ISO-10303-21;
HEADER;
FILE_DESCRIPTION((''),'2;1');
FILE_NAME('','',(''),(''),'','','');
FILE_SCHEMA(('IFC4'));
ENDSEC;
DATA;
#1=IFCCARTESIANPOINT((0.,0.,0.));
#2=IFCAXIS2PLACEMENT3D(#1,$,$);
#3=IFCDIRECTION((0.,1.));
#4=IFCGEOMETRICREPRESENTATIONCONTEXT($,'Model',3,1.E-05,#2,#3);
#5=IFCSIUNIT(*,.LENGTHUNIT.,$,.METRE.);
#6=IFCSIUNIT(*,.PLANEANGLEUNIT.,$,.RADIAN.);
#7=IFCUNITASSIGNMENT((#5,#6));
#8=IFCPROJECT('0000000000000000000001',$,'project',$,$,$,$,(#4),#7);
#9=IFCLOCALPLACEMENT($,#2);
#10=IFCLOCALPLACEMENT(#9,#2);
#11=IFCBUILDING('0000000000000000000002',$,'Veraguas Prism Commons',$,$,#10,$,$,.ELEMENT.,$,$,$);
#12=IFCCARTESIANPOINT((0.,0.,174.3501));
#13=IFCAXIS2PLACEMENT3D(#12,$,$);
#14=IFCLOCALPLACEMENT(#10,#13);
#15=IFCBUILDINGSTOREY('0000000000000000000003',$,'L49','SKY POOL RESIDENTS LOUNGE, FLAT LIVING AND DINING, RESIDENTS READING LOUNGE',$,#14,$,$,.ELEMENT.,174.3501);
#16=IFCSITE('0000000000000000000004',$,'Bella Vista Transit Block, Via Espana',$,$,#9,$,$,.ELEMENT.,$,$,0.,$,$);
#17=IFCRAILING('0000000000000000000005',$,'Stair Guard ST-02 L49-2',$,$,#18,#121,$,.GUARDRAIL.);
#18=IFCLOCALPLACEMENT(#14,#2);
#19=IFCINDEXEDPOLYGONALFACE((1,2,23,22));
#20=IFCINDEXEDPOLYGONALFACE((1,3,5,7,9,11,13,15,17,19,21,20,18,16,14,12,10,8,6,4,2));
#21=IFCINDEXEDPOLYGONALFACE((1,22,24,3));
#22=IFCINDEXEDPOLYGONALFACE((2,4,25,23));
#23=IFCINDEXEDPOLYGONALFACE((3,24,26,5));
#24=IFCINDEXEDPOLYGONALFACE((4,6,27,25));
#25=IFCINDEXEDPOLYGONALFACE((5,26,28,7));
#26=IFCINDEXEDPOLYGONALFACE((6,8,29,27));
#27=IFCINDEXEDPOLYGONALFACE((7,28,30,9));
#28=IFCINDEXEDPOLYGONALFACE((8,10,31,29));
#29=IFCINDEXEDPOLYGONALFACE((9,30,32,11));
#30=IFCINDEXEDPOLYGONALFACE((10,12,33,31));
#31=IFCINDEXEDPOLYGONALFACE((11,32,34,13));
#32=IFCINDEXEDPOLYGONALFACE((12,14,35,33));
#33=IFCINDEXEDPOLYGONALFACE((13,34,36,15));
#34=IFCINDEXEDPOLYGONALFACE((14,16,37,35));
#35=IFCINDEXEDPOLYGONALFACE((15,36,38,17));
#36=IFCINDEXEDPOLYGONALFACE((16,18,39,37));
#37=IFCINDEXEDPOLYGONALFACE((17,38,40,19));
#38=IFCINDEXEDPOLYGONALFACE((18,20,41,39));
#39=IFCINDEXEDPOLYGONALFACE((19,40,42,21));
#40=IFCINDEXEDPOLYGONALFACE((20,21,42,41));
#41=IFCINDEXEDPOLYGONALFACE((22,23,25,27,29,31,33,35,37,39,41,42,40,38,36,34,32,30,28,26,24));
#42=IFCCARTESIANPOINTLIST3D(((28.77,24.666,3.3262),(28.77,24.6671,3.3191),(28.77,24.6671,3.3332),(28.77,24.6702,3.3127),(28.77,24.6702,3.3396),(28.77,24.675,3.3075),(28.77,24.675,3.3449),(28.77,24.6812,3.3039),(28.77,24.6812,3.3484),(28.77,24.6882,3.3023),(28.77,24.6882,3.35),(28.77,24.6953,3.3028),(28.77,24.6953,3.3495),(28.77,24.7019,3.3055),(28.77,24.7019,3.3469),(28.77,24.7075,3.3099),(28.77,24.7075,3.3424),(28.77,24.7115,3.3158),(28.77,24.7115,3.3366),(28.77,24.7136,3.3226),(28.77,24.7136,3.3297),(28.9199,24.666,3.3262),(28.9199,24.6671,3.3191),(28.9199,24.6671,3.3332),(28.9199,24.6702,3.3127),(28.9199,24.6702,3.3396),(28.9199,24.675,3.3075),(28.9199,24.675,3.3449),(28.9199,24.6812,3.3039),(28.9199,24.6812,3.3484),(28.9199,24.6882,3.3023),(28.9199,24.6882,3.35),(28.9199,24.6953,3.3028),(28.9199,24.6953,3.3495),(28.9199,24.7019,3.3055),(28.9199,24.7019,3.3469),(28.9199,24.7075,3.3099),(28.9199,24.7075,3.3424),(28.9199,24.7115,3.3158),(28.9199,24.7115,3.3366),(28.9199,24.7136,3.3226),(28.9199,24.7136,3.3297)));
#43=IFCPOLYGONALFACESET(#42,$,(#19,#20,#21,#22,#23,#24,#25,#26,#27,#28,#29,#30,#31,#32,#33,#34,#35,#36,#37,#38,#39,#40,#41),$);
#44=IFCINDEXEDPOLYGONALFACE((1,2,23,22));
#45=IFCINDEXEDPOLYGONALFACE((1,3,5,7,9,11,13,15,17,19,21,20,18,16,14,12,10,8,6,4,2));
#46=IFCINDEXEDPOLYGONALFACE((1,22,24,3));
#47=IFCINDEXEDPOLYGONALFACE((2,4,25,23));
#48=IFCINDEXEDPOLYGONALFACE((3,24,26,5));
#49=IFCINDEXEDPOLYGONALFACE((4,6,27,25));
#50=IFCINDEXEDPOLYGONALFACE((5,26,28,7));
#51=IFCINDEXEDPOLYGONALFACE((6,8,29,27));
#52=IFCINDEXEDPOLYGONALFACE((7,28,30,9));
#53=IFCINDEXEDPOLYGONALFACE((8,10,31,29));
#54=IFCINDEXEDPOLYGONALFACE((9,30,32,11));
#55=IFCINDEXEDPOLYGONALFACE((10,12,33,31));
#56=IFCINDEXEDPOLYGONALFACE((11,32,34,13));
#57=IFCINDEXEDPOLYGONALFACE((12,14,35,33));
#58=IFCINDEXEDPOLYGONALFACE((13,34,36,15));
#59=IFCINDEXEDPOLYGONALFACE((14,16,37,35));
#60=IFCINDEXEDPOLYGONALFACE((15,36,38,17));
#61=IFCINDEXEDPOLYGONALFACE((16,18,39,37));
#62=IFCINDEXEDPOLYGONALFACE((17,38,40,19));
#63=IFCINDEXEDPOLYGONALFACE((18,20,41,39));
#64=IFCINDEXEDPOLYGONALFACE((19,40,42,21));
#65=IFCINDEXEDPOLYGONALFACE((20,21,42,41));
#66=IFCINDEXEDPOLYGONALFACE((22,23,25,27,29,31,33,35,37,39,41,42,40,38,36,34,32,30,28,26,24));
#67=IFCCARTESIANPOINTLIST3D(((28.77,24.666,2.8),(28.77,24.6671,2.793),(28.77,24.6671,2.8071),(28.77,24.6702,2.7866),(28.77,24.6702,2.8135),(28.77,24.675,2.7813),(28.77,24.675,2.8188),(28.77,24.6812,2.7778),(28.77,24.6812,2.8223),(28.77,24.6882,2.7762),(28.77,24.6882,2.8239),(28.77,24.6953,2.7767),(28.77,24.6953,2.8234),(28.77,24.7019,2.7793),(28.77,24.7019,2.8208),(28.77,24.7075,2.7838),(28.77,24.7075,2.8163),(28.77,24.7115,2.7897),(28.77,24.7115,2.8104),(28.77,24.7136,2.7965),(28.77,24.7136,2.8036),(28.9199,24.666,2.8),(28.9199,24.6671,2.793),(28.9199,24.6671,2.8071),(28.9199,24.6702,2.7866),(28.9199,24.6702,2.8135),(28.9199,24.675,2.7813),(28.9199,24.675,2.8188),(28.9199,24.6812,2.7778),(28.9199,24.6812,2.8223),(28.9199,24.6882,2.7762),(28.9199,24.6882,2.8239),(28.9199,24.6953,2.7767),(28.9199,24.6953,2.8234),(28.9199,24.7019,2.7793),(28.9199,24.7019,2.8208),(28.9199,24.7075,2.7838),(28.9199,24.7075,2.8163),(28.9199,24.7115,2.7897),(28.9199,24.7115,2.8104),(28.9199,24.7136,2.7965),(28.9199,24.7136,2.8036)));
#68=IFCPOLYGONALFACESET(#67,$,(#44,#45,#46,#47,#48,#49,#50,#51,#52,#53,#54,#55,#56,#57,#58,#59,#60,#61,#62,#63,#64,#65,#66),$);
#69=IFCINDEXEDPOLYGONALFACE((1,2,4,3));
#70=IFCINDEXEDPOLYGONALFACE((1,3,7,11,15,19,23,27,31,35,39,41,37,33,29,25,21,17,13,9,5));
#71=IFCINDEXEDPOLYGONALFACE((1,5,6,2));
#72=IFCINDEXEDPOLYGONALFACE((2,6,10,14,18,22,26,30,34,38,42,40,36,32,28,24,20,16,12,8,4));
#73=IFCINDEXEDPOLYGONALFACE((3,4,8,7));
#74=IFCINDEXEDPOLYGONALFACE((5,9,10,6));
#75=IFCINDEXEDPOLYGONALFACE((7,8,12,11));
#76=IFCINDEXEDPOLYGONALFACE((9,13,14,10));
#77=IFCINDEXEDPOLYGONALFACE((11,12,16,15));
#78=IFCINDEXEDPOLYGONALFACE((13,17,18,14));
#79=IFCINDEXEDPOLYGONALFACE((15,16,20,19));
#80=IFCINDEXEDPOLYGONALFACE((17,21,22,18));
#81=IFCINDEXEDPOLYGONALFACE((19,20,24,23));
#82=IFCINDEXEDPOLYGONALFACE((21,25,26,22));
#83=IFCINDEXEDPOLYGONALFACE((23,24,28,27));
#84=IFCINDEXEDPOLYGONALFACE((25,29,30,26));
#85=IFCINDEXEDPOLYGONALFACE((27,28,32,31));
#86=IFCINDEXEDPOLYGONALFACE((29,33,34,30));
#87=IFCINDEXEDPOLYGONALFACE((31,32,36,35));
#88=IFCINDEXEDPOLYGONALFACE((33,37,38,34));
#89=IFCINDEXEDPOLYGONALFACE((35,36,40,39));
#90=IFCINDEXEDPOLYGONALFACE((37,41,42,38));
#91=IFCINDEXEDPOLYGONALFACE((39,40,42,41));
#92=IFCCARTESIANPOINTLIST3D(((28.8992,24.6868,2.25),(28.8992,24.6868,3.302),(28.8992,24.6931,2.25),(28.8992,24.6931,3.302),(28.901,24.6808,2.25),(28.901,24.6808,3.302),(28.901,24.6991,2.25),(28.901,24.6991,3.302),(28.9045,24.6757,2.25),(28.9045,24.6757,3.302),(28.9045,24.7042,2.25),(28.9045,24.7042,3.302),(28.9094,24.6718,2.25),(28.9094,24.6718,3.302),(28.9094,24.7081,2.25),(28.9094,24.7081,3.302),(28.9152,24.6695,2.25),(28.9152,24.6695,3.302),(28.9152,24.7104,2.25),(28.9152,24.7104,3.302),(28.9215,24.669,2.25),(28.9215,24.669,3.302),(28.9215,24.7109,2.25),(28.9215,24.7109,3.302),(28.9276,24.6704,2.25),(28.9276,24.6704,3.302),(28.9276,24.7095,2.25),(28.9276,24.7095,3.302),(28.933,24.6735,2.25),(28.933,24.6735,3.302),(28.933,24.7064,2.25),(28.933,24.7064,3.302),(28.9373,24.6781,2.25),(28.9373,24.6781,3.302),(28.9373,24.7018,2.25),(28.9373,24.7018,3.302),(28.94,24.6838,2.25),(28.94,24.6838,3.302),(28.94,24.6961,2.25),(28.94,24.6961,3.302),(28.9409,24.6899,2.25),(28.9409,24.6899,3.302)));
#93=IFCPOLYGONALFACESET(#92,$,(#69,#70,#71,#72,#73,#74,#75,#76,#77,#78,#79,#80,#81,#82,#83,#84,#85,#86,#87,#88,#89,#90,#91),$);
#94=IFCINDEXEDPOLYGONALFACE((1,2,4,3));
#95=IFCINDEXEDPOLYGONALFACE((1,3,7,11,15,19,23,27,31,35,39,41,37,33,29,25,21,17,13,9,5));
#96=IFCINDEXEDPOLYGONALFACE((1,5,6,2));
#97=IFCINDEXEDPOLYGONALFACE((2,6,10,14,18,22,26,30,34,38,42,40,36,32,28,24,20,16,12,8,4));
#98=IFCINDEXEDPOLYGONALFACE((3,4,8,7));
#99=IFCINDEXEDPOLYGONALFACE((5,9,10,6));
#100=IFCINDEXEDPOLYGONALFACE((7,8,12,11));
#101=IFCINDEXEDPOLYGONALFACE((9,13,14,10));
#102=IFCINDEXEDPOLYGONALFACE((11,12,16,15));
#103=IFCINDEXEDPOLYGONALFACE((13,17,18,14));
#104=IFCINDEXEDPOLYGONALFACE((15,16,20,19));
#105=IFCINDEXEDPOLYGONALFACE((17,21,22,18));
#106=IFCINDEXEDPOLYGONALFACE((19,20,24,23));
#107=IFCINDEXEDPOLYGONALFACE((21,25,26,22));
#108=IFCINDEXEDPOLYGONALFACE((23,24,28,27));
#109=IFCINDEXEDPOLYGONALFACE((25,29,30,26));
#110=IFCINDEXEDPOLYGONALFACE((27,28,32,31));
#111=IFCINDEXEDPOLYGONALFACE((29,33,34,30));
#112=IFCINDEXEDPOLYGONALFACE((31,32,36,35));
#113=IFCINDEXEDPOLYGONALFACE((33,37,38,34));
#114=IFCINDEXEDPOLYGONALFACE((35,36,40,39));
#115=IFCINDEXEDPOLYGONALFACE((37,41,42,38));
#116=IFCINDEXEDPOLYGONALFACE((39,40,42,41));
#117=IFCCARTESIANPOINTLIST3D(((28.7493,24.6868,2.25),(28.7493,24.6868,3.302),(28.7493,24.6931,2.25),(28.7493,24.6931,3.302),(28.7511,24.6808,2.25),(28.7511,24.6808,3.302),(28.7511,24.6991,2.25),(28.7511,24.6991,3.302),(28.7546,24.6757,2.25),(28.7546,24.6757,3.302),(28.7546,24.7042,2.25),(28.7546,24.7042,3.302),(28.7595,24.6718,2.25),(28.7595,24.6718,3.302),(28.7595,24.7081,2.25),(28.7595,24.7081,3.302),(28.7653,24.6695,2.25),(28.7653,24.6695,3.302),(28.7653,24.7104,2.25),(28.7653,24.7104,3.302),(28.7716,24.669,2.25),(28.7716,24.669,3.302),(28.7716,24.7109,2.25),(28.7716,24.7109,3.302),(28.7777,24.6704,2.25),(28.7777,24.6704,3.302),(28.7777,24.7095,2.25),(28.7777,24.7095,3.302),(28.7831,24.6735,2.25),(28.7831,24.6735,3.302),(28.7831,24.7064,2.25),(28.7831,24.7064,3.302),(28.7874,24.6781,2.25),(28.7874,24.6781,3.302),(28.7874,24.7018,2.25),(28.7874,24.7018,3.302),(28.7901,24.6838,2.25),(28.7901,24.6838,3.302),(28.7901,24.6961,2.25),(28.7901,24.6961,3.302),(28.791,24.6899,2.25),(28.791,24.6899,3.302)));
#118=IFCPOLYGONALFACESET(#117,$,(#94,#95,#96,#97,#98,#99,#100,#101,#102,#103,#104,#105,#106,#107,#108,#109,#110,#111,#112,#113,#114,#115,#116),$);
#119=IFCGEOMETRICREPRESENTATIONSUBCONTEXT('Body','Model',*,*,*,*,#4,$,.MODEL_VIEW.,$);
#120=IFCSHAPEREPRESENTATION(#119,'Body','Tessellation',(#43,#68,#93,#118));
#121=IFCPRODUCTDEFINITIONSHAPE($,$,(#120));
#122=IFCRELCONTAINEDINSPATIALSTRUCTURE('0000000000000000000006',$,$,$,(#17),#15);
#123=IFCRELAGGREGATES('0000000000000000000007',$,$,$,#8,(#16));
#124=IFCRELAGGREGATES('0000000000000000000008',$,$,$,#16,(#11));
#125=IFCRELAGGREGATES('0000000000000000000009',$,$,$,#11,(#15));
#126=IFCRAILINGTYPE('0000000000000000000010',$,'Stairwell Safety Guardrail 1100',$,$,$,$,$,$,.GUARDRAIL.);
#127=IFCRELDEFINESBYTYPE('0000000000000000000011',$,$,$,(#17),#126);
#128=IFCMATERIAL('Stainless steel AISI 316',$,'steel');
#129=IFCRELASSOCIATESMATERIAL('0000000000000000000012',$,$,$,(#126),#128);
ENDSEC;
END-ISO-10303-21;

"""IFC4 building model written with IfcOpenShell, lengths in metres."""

from ifc_helpers import new_model, si_unit, direction, frame, origin, origin_2d, place, context, subcontext, project, spatial, circle, extrude, material, type_object, element, save


model = new_model("IFC4")

# Units and contexts
model_context = context("Model", 3, precision=1e-05, world=origin(), true_north=direction((0.0, 1.0)))
body_context = subcontext(model_context, "Body", "Model", "MODEL_VIEW")
ifc_project = project(units=[si_unit("LENGTHUNIT", "METRE"), si_unit("PLANEANGLEUNIT", "RADIAN")], contexts=[model_context])

# Site, building, storey
site_placement = place(None, origin())
site = spatial("IfcSite", under=ifc_project, at=site_placement, Name="Bella Vista Transit Block, Via Espana", CompositionType="ELEMENT", RefElevation=0.0)
building_placement = place(site_placement, origin())
building = spatial("IfcBuilding", under=site, at=building_placement, Name="Veraguas Prism Commons", CompositionType="ELEMENT")
storey_placement = place(building_placement, frame((0.0, 0.0, 174.3501)))
storey = spatial("IfcBuildingStorey", under=building, at=storey_placement, Name="L49", Description="SKY POOL RESIDENTS LOUNGE, FLAT LIVING AND DINING, RESIDENTS READING LOUNGE", CompositionType="ELEMENT", Elevation=174.3501)

# Shared definitions
ifc_material_1 = material(Name="Stainless steel AISI 316", Category="steel")

# Railing
railing_type_1 = type_object("IfcRailingType", Name="Stairwell Safety Guardrail 1100", PredefinedType="GUARDRAIL", material=ifc_material_1)
railing_1_placement = place(storey_placement, frame((28.9199, 24.6899, 2.25)))
element("IfcRailing", 1, at=railing_1_placement, inside=storey, type_object=railing_type_1, Name="Stair Guard ST-02 L49-2", PredefinedType="GUARDRAIL", context=body_context, shape_type="SweptSolid", body=[
    extrude(circle(Radius=0.0239, at=origin_2d()), frame((0.0, 0.0, 1.0762), z_axis=(-1.0, 0.0, 0.0), x_axis=(0.0, -1.0, 0.0)), (0.0, 0.0, 1.0), 0.1499),
    extrude(circle(Radius=0.0239, at=origin_2d()), frame((0.0, 0.0, 0.55), z_axis=(-1.0, 0.0, 0.0), x_axis=(0.0, -1.0, 0.0)), (0.0, 0.0, 1.0), 0.1499),
    extrude(circle(Radius=0.021, at=origin_2d()), origin(), (0.0, 0.0, 1.0), 1.052),
    extrude(circle(Radius=0.021, at=origin_2d()), frame((-0.1499, 0.0, 0.0)), (0.0, 0.0, 1.0), 1.052),
])

save(model, "model.ifc")
